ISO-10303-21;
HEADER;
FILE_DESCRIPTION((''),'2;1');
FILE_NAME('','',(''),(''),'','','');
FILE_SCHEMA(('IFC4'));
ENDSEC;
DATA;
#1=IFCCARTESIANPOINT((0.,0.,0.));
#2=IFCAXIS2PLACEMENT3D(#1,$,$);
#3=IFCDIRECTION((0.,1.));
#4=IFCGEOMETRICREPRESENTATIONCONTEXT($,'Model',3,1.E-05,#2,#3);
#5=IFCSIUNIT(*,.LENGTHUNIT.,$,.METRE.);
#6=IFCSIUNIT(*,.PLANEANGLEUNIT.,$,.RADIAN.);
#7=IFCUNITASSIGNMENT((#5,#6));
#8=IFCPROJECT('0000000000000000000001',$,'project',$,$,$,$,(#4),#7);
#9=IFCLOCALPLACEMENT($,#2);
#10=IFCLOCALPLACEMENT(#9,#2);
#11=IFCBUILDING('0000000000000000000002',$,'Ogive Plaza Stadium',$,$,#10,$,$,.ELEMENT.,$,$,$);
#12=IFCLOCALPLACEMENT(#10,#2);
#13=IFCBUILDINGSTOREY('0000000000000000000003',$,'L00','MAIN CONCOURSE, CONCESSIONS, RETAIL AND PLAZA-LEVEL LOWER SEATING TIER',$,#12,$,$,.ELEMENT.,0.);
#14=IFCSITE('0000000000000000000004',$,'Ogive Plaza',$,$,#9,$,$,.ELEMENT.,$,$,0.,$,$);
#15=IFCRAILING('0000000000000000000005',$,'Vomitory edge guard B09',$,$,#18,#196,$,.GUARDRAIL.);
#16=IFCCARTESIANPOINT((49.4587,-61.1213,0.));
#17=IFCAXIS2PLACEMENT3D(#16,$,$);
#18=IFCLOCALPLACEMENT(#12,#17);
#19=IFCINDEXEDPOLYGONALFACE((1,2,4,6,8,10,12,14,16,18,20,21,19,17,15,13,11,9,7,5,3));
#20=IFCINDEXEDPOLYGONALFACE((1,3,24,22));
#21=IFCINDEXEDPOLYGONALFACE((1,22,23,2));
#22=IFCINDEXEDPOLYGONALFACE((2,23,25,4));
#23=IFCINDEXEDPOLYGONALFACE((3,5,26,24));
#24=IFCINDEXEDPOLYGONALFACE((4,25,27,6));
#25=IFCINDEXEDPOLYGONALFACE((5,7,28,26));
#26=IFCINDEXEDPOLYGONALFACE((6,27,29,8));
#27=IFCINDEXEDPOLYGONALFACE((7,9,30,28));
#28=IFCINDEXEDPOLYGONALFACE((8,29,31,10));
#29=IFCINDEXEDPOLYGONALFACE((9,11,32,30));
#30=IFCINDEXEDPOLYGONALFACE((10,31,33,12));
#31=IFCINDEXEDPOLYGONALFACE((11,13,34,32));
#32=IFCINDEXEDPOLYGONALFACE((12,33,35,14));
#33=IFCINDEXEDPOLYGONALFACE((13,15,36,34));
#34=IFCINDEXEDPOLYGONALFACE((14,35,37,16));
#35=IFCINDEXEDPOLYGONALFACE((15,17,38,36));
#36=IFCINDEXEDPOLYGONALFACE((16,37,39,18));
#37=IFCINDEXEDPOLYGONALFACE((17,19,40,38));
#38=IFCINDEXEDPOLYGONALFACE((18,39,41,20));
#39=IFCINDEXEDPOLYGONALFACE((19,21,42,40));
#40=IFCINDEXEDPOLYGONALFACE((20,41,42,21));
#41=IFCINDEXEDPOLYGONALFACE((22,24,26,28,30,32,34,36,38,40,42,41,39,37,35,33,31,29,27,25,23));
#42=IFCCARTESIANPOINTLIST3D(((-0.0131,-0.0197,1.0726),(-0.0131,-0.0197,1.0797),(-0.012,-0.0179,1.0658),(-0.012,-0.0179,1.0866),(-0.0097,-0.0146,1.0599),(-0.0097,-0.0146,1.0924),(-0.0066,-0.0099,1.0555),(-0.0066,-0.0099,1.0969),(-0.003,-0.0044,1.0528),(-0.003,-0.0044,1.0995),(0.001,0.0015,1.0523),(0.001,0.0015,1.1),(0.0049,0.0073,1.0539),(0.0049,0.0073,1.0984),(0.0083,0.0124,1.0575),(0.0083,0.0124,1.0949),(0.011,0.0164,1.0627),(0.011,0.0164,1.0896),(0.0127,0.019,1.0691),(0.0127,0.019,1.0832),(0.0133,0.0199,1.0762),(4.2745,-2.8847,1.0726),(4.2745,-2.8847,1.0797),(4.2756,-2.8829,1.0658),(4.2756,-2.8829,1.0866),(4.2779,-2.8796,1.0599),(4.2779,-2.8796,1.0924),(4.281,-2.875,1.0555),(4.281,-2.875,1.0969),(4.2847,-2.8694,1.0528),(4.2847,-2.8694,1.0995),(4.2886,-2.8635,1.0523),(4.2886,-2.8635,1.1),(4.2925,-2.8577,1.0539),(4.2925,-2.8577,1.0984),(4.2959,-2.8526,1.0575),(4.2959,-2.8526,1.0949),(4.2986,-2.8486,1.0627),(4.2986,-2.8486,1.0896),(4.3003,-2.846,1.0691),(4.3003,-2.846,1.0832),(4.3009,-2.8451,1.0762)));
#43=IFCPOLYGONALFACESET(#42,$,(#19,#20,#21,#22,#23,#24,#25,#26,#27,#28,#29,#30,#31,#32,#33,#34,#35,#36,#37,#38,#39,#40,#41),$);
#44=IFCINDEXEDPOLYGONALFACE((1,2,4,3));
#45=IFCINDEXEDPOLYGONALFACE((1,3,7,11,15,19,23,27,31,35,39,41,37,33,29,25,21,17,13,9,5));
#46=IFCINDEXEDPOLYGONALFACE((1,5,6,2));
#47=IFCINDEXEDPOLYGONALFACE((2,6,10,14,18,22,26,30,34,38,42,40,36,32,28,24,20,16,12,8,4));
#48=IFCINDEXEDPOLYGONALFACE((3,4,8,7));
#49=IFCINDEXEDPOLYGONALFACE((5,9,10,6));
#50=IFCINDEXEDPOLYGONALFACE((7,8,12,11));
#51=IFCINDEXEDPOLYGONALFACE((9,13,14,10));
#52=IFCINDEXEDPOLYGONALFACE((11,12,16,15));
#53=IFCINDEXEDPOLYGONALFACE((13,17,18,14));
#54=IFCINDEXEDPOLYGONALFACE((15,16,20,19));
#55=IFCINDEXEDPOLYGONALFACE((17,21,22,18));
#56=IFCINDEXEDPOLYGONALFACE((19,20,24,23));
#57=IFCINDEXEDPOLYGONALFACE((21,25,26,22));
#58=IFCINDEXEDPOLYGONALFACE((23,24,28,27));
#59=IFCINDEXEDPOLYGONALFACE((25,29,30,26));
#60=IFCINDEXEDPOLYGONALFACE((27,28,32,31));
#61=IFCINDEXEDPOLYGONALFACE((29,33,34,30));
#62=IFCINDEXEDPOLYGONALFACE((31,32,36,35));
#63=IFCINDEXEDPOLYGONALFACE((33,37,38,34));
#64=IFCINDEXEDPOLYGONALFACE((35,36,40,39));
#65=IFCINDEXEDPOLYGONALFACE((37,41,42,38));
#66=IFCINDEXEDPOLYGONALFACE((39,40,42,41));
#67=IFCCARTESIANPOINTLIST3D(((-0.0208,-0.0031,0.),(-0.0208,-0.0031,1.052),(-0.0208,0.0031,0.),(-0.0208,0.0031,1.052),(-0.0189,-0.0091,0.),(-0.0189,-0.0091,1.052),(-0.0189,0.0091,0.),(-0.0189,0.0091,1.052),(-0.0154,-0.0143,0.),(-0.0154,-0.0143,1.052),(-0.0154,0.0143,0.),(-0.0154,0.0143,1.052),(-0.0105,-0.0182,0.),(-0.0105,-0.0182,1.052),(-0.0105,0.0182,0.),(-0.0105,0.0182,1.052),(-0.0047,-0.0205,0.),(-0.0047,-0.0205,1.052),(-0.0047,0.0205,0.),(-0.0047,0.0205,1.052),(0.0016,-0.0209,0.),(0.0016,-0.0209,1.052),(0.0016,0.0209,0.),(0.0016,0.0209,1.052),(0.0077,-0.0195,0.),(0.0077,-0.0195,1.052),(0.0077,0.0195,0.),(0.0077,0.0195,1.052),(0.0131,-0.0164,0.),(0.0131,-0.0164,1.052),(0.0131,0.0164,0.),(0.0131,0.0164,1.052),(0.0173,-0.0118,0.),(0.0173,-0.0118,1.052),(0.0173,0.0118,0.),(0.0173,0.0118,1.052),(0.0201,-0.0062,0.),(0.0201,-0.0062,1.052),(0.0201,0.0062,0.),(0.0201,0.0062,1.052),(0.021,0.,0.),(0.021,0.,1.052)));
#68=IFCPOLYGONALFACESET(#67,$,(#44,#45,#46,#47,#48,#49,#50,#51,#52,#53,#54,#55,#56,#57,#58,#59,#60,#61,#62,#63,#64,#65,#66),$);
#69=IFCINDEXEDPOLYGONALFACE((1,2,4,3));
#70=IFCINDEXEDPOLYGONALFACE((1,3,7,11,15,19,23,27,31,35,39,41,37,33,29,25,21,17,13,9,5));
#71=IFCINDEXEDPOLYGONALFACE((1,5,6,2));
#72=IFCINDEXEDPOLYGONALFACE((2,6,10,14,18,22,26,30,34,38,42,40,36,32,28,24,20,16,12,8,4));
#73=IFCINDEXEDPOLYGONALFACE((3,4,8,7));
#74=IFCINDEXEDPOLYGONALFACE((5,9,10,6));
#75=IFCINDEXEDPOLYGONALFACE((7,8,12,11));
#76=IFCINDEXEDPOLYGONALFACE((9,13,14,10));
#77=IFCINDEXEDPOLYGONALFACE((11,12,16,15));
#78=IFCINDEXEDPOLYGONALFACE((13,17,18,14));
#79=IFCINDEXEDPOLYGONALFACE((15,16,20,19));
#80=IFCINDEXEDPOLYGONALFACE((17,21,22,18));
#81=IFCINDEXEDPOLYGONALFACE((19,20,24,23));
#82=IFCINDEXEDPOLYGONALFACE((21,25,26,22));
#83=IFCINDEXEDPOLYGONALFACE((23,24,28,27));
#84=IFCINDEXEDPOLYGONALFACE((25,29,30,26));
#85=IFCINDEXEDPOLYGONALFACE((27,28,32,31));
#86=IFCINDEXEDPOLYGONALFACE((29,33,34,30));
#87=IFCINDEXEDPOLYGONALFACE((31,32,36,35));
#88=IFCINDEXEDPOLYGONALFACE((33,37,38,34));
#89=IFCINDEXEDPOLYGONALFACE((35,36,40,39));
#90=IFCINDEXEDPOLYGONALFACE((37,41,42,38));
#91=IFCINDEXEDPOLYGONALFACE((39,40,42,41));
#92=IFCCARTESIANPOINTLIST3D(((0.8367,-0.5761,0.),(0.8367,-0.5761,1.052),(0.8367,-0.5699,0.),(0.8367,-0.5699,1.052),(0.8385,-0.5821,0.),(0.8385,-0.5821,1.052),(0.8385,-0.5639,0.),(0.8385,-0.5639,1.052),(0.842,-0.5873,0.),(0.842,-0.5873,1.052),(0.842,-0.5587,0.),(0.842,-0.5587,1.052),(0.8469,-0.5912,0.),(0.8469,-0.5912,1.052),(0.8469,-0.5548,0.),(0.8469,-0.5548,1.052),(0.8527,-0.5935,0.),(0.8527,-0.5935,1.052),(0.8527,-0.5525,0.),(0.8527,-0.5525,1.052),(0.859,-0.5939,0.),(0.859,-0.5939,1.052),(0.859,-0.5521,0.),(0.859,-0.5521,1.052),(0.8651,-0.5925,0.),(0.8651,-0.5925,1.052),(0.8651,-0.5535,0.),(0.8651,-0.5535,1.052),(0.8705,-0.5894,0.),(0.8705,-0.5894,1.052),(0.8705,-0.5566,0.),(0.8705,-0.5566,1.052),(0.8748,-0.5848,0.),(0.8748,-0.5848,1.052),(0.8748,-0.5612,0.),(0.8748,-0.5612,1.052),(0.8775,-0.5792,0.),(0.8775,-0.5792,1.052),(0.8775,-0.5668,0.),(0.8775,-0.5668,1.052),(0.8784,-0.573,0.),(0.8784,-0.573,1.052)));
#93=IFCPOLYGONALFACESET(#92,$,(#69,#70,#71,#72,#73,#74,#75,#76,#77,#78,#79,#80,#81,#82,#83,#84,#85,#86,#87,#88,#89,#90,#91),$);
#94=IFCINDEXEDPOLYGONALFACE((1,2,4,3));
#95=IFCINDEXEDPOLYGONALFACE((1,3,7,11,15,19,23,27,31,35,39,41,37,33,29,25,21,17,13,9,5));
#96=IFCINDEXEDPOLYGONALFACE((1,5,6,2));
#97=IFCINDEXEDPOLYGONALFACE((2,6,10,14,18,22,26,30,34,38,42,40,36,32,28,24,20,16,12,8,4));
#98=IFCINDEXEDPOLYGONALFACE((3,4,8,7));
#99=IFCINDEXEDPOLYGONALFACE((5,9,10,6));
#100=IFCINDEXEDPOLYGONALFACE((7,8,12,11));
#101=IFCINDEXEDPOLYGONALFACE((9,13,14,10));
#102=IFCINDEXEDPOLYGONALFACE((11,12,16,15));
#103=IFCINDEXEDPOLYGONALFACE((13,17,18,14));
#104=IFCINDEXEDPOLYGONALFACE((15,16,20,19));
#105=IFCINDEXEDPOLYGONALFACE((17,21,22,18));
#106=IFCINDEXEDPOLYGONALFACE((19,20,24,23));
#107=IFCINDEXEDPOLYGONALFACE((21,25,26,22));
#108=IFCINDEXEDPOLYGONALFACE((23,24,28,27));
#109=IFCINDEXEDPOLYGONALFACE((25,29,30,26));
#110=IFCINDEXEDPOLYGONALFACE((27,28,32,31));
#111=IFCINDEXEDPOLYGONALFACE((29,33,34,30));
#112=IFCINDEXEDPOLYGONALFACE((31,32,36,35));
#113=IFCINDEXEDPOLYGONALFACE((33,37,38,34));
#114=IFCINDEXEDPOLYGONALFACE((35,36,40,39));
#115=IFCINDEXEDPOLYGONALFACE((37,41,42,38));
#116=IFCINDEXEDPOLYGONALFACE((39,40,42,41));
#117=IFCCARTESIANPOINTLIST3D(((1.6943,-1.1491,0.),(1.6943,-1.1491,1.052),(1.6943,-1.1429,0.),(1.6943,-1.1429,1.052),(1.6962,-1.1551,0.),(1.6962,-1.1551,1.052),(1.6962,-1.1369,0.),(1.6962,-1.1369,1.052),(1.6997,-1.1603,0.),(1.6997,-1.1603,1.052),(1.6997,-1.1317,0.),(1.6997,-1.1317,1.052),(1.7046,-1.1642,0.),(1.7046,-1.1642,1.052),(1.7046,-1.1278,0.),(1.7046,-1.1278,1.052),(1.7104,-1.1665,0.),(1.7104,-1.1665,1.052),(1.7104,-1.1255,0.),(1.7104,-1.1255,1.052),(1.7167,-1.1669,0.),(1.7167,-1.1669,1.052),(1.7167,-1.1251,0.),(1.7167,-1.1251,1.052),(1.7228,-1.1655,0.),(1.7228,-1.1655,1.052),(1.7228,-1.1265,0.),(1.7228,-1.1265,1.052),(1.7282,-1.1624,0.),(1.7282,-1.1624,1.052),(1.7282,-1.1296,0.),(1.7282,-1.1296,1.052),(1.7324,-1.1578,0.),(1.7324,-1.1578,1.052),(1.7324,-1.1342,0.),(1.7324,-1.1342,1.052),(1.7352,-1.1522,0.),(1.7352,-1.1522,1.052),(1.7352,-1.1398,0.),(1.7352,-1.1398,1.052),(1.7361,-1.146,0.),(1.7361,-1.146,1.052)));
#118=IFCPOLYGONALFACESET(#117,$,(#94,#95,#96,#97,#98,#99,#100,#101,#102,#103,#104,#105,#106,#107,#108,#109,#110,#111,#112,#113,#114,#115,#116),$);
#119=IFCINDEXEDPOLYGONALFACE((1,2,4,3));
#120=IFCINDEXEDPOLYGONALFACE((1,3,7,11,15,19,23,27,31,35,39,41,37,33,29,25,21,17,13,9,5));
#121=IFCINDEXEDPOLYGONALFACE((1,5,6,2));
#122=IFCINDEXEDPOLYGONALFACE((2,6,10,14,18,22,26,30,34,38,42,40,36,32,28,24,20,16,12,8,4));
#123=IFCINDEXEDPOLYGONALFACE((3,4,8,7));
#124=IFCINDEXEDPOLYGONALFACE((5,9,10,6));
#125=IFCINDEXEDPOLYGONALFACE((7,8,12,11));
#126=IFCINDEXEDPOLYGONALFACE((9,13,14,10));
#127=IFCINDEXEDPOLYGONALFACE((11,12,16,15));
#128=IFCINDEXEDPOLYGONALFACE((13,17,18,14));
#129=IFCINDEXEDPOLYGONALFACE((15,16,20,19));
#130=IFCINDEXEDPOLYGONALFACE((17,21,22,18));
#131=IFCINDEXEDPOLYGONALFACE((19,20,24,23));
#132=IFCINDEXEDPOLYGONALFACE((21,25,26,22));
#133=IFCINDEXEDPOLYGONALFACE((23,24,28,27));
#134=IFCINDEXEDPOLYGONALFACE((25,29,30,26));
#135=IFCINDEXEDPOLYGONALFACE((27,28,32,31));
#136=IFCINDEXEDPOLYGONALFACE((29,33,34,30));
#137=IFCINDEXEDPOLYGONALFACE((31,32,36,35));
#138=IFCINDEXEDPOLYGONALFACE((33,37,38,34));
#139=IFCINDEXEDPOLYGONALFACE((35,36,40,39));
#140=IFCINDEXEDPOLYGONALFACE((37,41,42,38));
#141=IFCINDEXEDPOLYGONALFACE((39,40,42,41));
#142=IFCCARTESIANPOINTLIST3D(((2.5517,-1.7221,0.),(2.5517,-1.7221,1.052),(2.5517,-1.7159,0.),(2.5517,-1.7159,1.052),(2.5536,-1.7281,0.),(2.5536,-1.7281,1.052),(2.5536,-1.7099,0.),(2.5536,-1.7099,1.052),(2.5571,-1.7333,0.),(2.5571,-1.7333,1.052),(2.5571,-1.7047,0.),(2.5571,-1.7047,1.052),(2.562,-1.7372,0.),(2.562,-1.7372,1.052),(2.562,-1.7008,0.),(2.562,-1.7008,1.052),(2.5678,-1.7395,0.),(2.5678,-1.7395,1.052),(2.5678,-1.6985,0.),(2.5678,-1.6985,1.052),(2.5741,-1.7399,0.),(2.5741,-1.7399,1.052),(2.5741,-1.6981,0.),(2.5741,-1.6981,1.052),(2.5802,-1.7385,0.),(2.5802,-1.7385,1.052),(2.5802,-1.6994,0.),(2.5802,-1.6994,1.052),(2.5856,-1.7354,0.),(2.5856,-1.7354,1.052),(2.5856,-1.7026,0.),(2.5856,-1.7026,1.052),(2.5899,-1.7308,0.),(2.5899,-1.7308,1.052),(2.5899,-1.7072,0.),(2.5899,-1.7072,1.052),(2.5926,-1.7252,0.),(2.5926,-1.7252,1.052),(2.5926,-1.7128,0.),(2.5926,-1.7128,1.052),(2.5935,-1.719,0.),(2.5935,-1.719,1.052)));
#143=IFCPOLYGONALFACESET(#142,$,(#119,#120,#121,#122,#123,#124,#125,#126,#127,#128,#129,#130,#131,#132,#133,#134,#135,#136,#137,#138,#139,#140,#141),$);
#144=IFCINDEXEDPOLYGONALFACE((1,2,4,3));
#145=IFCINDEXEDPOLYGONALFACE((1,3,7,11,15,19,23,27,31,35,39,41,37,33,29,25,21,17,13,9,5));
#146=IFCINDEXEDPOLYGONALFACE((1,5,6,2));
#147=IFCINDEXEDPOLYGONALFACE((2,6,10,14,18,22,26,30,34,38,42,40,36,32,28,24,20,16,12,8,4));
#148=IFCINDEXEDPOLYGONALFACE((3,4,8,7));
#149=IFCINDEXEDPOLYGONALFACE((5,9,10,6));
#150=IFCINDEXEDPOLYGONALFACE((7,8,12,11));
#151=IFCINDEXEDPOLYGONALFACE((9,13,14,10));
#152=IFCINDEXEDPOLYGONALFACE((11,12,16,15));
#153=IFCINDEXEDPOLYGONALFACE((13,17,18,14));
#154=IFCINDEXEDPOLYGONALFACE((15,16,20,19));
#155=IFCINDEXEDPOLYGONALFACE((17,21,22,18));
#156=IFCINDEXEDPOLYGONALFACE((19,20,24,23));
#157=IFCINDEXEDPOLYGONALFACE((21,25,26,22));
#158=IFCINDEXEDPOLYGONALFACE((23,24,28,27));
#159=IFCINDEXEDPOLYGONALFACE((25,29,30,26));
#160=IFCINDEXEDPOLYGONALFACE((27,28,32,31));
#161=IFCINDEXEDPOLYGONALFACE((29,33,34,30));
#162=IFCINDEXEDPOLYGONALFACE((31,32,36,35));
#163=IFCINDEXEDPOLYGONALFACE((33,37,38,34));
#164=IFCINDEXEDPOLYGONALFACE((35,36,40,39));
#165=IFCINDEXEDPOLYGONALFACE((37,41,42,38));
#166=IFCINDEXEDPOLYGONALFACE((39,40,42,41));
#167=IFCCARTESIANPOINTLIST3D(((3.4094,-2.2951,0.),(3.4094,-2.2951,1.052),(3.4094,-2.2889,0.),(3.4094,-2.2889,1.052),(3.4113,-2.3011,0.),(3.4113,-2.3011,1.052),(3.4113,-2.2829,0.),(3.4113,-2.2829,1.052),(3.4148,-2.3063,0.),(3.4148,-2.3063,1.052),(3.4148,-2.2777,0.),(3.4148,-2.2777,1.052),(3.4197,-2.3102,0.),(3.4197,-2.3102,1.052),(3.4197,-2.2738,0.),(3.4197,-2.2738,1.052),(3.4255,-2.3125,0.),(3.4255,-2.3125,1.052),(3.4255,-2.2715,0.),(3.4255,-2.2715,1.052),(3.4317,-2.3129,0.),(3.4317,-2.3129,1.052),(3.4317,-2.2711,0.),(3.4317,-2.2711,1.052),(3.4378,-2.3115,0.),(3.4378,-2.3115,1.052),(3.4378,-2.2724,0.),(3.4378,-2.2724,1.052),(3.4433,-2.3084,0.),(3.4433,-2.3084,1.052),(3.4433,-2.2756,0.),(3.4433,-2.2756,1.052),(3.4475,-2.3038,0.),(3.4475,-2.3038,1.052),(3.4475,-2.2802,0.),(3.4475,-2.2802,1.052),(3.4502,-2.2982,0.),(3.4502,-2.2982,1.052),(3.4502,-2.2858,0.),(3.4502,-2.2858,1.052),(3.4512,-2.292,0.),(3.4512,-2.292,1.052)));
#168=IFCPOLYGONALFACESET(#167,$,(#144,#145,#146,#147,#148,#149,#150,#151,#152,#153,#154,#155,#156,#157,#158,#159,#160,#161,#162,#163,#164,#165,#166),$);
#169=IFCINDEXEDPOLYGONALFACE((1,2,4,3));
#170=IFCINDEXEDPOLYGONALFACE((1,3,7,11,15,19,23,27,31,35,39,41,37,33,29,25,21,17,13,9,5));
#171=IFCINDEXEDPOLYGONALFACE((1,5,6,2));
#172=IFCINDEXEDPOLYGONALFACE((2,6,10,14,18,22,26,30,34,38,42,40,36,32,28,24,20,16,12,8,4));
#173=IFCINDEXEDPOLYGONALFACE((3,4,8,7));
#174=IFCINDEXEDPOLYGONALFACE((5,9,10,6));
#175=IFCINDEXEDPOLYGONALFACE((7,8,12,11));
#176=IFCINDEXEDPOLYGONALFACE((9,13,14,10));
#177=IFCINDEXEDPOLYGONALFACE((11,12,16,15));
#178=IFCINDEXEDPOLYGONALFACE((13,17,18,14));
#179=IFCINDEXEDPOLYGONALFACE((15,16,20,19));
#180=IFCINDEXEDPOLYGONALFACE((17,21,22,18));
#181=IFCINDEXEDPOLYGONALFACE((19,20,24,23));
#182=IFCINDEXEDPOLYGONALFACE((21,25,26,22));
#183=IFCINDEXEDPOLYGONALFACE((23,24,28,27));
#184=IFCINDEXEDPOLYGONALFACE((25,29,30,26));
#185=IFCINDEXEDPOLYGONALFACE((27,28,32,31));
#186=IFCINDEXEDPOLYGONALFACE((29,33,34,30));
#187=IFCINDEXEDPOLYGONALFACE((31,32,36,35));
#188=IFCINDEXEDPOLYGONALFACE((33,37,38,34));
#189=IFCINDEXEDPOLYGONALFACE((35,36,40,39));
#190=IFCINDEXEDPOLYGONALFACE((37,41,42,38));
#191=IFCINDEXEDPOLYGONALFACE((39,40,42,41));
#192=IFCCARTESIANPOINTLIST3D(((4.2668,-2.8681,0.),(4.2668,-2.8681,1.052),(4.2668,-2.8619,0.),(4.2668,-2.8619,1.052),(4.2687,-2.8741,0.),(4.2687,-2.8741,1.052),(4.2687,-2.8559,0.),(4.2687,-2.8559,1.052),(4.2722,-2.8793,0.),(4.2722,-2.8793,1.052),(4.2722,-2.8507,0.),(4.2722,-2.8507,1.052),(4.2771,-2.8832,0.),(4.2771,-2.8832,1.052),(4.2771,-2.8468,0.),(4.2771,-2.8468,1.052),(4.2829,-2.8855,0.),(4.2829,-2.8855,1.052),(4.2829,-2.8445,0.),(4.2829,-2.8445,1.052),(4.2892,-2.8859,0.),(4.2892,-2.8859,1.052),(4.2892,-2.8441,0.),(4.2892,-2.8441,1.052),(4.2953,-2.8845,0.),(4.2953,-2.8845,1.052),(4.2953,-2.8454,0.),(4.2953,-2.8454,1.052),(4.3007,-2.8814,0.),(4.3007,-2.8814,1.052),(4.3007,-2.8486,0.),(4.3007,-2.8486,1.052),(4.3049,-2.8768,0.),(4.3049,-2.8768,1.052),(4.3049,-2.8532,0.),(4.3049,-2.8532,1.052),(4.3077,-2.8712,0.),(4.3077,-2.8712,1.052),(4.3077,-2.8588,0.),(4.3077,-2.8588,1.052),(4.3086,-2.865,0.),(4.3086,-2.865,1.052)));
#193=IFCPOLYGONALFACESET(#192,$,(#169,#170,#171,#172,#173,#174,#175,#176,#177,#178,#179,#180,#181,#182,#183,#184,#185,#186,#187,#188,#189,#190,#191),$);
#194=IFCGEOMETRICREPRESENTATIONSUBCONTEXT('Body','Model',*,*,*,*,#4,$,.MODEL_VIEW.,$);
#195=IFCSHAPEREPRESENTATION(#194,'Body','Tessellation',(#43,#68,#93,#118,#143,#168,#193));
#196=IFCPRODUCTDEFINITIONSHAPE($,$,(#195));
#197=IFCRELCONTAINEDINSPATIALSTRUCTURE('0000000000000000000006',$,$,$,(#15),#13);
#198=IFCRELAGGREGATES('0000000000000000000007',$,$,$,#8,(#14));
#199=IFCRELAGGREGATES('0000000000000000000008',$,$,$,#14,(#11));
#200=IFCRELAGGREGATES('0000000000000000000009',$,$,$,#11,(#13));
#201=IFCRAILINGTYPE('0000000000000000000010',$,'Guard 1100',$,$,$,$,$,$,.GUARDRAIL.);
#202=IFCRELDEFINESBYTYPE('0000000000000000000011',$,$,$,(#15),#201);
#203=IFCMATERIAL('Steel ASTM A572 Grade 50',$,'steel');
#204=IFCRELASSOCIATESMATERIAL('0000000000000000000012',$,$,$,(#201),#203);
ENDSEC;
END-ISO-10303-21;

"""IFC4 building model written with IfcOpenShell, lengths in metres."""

from ifc_helpers import new_model, si_unit, direction, frame, origin, origin_2d, place, context, subcontext, project, spatial, circle, extrude, material, type_object, element, save


model = new_model("IFC4")

# Units and contexts
model_context = context("Model", 3, precision=1e-05, world=origin(), true_north=direction((0.0, 1.0)))
body_context = subcontext(model_context, "Body", "Model", "MODEL_VIEW")
ifc_project = project(units=[si_unit("LENGTHUNIT", "METRE"), si_unit("PLANEANGLEUNIT", "RADIAN")], contexts=[model_context])

# Site, building, storey
site_placement = place(None, origin())
site = spatial("IfcSite", under=ifc_project, at=site_placement, Name="Ogive Plaza", CompositionType="ELEMENT", RefElevation=0.0)
building_placement = place(site_placement, origin())
building = spatial("IfcBuilding", under=site, at=building_placement, Name="Ogive Plaza Stadium", CompositionType="ELEMENT")
storey_placement = place(building_placement, origin())
storey = spatial("IfcBuildingStorey", under=building, at=storey_placement, Name="L00", Description="MAIN CONCOURSE, CONCESSIONS, RETAIL AND PLAZA-LEVEL LOWER SEATING TIER", CompositionType="ELEMENT", Elevation=0.0)

# Railing
ifc_material_1 = material(Name="Steel ASTM A572 Grade 50", Category="steel")
railing_type = type_object("IfcRailingType", Name="Guard 1100", PredefinedType="GUARDRAIL", material=ifc_material_1)
railing_1_placement = place(storey_placement, frame((49.4587, -61.1213, 0.0)))
element("IfcRailing", 1, at=railing_1_placement, inside=storey, type_object=railing_type, Name="Vomitory edge guard B09", PredefinedType="GUARDRAIL", context=body_context, shape_type="SweptSolid", body=[
    extrude(circle(Radius=0.0239, at=origin_2d()), frame((0.0, 0.0, 1.0762), z_axis=(0.83146, -0.555585, 0.0), x_axis=(0.555585, 0.83146, 0.0)), (0.0, 0.0, 1.0), 5.1567),
    extrude(circle(Radius=0.021, at=origin_2d()), origin(), (0.0, 0.0, 1.0), 1.052),
    extrude(circle(Radius=0.021, at=origin_2d()), frame((0.8574, -0.573, 0.0)), (0.0, 0.0, 1.0), 1.052),
    extrude(circle(Radius=0.021, at=origin_2d()), frame((1.7151, -1.146, 0.0)), (0.0, 0.0, 1.0), 1.052),
    extrude(circle(Radius=0.021, at=origin_2d()), frame((2.5725, -1.719, 0.0)), (0.0, 0.0, 1.0), 1.052),
    extrude(circle(Radius=0.021, at=origin_2d()), frame((3.4302, -2.292, 0.0)), (0.0, 0.0, 1.0), 1.052),
    extrude(circle(Radius=0.021, at=origin_2d()), frame((4.2876, -2.865, 0.0)), (0.0, 0.0, 1.0), 1.052),
])

save(model, "model.ifc")
